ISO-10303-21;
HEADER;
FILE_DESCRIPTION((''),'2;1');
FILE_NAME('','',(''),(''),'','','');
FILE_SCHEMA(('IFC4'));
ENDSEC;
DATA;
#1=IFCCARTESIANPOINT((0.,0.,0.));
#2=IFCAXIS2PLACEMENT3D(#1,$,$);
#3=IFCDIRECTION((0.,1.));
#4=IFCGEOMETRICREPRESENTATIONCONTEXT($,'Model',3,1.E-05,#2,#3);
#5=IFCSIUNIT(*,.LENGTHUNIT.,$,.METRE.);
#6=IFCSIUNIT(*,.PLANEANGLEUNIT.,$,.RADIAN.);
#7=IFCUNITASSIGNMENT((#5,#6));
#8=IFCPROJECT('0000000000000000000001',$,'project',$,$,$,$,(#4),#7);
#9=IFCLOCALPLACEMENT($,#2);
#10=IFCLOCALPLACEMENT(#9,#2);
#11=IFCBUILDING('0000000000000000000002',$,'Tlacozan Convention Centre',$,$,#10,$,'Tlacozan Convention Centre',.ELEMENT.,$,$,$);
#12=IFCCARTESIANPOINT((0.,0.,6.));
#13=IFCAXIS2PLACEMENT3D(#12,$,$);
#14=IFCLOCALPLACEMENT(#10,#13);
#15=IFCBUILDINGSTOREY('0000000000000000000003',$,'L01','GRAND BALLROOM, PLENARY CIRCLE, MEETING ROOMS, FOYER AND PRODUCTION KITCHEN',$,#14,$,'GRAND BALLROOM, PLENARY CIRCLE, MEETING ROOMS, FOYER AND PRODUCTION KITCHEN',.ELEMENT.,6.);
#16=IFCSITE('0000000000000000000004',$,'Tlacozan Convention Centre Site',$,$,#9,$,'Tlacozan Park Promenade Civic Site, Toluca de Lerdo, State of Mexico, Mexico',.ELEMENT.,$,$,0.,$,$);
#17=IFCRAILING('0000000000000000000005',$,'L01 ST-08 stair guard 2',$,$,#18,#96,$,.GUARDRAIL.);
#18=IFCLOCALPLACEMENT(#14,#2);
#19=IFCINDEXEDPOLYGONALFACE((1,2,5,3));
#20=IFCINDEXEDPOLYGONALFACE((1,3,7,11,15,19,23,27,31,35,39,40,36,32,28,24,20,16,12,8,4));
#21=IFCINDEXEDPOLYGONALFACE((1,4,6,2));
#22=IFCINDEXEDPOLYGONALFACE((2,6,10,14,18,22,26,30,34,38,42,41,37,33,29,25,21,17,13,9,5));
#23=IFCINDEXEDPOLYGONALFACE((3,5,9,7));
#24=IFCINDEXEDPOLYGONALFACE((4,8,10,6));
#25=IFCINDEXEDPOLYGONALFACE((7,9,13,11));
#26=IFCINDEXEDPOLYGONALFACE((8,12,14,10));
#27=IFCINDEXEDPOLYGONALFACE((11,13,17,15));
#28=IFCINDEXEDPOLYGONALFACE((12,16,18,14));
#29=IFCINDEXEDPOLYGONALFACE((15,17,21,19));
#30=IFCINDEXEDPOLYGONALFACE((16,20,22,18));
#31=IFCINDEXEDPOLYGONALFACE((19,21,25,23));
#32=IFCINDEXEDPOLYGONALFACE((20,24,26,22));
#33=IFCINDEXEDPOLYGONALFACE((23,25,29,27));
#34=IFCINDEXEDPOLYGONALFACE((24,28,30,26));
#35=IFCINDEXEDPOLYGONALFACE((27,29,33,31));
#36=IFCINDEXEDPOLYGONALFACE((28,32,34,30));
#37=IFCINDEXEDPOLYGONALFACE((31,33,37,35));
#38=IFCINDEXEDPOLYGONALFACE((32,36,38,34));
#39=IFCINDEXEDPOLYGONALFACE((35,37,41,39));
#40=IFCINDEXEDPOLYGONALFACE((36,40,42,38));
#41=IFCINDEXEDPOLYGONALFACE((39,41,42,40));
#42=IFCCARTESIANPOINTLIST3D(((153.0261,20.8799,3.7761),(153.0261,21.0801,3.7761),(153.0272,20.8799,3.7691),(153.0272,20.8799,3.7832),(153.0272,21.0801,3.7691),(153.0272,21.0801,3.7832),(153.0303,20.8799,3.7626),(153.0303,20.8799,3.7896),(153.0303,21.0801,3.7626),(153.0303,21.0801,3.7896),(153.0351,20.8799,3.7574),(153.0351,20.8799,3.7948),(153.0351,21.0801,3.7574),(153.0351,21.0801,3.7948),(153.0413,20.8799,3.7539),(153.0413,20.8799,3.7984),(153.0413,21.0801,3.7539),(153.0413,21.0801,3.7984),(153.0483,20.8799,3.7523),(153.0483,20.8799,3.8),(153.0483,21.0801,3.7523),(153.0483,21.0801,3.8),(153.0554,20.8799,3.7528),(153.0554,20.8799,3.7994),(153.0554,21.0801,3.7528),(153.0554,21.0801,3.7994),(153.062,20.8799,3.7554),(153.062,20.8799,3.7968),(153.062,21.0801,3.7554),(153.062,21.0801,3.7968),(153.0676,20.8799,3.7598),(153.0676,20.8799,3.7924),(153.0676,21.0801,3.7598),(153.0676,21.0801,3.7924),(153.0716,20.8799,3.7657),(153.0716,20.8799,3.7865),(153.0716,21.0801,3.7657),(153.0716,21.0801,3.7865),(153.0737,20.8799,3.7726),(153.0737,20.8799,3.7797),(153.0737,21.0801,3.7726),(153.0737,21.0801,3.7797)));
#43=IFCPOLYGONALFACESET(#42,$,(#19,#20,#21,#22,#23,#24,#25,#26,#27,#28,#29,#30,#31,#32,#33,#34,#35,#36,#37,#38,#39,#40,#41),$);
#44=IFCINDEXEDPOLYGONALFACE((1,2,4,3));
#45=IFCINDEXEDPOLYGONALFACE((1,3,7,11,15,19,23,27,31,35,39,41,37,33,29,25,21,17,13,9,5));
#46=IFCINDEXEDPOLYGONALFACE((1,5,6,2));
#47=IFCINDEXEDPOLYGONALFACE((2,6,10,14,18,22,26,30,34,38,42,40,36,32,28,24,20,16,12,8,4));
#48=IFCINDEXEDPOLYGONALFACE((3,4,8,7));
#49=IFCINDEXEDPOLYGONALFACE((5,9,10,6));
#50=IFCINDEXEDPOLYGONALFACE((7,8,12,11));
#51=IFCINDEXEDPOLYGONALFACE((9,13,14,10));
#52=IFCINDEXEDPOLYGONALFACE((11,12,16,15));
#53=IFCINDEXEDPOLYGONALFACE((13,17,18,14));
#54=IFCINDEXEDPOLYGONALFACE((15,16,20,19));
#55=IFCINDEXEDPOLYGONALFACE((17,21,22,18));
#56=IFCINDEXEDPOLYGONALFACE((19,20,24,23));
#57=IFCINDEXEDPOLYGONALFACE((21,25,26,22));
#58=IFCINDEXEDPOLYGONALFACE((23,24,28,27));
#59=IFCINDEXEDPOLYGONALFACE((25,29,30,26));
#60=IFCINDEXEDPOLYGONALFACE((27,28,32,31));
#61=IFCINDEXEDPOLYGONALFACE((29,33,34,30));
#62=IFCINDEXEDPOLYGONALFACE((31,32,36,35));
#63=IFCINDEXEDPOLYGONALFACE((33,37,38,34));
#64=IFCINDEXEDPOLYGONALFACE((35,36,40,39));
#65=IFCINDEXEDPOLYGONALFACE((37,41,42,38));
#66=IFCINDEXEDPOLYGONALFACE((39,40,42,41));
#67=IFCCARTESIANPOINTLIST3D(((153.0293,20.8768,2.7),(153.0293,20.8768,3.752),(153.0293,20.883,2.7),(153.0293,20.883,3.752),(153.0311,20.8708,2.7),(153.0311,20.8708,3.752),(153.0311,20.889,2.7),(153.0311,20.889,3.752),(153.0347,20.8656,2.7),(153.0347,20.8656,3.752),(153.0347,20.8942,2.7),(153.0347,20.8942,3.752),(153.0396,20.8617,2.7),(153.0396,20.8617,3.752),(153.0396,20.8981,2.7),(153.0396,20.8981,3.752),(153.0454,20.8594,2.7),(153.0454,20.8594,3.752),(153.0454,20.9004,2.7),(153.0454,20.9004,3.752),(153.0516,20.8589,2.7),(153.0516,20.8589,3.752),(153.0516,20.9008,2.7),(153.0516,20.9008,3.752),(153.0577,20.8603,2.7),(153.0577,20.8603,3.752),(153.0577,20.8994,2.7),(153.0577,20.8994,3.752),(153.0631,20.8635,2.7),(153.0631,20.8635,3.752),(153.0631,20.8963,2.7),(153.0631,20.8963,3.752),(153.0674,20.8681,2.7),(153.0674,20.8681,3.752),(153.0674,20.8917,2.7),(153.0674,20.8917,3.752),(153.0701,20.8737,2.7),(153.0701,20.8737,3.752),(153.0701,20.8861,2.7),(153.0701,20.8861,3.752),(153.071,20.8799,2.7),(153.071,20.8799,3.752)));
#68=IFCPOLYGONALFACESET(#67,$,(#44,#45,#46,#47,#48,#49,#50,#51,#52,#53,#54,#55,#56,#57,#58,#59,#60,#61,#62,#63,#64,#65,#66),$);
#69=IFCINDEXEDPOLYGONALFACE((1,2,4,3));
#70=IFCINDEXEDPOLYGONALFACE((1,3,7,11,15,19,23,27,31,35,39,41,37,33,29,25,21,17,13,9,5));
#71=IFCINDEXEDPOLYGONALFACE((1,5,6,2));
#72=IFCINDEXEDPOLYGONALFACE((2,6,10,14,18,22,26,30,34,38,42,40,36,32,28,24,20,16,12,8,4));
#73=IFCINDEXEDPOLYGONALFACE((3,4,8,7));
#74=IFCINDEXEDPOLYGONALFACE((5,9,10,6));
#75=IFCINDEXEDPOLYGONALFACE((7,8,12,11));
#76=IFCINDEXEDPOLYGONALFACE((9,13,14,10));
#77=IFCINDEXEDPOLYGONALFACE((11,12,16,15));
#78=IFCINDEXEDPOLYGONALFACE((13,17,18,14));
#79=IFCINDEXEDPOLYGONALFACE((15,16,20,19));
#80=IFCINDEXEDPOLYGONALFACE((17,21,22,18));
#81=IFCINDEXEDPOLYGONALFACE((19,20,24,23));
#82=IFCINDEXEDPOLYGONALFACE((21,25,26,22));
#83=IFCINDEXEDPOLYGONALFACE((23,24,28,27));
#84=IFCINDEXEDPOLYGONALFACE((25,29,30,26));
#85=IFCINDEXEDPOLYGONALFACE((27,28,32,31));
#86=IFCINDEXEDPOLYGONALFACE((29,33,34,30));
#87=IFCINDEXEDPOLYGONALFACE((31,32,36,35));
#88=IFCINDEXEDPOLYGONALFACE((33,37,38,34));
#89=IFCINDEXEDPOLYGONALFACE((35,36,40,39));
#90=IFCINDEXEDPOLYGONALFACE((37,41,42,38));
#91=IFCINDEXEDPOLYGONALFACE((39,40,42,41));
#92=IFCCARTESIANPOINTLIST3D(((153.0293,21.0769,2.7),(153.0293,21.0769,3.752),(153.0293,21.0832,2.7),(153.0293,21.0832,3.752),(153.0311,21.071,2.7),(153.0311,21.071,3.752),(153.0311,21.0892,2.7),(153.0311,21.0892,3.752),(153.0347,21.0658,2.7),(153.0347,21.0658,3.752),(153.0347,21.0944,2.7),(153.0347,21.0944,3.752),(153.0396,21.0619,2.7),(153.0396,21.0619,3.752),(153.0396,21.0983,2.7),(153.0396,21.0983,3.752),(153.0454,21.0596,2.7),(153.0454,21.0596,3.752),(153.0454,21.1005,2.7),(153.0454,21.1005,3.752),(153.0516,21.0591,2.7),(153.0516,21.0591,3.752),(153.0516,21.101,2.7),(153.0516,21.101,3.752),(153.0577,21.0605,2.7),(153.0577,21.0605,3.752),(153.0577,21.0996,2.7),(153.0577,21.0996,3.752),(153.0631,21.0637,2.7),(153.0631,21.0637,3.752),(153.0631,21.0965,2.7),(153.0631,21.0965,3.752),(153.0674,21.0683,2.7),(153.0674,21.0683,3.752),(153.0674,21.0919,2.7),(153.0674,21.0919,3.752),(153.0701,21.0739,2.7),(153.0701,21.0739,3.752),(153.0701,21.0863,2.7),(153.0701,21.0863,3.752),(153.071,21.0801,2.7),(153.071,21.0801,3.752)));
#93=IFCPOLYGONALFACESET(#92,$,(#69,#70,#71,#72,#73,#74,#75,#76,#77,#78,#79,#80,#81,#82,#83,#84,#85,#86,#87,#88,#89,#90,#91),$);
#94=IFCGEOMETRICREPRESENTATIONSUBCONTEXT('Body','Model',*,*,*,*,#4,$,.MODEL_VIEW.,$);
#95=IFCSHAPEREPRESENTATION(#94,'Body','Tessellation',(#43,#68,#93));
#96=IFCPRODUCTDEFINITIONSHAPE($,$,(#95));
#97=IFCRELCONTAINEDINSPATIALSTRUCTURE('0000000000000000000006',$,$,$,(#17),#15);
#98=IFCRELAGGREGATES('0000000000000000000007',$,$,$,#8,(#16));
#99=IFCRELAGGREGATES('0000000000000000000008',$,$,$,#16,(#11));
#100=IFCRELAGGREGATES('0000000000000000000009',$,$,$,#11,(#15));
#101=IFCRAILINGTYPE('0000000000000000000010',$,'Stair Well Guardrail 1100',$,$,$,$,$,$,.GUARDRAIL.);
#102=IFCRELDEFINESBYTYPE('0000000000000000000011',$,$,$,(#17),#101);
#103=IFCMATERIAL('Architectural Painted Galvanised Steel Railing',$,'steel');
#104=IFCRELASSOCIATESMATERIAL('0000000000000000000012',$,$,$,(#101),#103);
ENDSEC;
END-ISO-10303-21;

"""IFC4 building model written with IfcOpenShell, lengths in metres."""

from ifc_helpers import new_model, si_unit, direction, frame, origin, origin_2d, place, context, subcontext, project, spatial, circle, extrude, material, type_object, element, save


model = new_model("IFC4")

# Units and contexts
model_context = context("Model", 3, precision=1e-05, world=origin(), true_north=direction((0.0, 1.0)))
body_context = subcontext(model_context, "Body", "Model", "MODEL_VIEW")
ifc_project = project(units=[si_unit("LENGTHUNIT", "METRE"), si_unit("PLANEANGLEUNIT", "RADIAN")], contexts=[model_context])

# Site, building, storey
site_placement = place(None, origin())
site = spatial("IfcSite", under=ifc_project, at=site_placement, Name="Tlacozan Convention Centre Site", LongName="Tlacozan Park Promenade Civic Site, Toluca de Lerdo, State of Mexico, Mexico", CompositionType="ELEMENT", RefElevation=0.0)
building_placement = place(site_placement, origin())
building = spatial("IfcBuilding", under=site, at=building_placement, Name="Tlacozan Convention Centre", LongName="Tlacozan Convention Centre", CompositionType="ELEMENT")
storey_placement = place(building_placement, frame((0.0, 0.0, 6.0)))
storey = spatial("IfcBuildingStorey", under=building, at=storey_placement, Name="L01", Description="GRAND BALLROOM, PLENARY CIRCLE, MEETING ROOMS, FOYER AND PRODUCTION KITCHEN", LongName="GRAND BALLROOM, PLENARY CIRCLE, MEETING ROOMS, FOYER AND PRODUCTION KITCHEN", CompositionType="ELEMENT", Elevation=6.0)

# Railing
ifc_material_1 = material(Name="Architectural Painted Galvanised Steel Railing", Category="steel")
railing_type_1 = type_object("IfcRailingType", Name="Stair Well Guardrail 1100", PredefinedType="GUARDRAIL", material=ifc_material_1)
railing_1_placement = place(storey_placement, frame((153.05, 20.8799, 2.7)))
element("IfcRailing", 1, at=railing_1_placement, inside=storey, type_object=railing_type_1, Name="L01 ST-08 stair guard 2", PredefinedType="GUARDRAIL", context=body_context, shape_type="SweptSolid", body=[
    extrude(circle(Radius=0.0239, at=origin_2d()), frame((0.0, 0.0, 1.0762), z_axis=(0.0, 1.0, 0.0), x_axis=(-1.0, 0.0, 0.0)), (0.0, 0.0, 1.0), 0.2002),
    extrude(circle(Radius=0.021, at=origin_2d()), origin(), (0.0, 0.0, 1.0), 1.052),
    extrude(circle(Radius=0.021, at=origin_2d()), frame((0.0, 0.2002, 0.0)), (0.0, 0.0, 1.0), 1.052),
])

save(model, "model.ifc")
